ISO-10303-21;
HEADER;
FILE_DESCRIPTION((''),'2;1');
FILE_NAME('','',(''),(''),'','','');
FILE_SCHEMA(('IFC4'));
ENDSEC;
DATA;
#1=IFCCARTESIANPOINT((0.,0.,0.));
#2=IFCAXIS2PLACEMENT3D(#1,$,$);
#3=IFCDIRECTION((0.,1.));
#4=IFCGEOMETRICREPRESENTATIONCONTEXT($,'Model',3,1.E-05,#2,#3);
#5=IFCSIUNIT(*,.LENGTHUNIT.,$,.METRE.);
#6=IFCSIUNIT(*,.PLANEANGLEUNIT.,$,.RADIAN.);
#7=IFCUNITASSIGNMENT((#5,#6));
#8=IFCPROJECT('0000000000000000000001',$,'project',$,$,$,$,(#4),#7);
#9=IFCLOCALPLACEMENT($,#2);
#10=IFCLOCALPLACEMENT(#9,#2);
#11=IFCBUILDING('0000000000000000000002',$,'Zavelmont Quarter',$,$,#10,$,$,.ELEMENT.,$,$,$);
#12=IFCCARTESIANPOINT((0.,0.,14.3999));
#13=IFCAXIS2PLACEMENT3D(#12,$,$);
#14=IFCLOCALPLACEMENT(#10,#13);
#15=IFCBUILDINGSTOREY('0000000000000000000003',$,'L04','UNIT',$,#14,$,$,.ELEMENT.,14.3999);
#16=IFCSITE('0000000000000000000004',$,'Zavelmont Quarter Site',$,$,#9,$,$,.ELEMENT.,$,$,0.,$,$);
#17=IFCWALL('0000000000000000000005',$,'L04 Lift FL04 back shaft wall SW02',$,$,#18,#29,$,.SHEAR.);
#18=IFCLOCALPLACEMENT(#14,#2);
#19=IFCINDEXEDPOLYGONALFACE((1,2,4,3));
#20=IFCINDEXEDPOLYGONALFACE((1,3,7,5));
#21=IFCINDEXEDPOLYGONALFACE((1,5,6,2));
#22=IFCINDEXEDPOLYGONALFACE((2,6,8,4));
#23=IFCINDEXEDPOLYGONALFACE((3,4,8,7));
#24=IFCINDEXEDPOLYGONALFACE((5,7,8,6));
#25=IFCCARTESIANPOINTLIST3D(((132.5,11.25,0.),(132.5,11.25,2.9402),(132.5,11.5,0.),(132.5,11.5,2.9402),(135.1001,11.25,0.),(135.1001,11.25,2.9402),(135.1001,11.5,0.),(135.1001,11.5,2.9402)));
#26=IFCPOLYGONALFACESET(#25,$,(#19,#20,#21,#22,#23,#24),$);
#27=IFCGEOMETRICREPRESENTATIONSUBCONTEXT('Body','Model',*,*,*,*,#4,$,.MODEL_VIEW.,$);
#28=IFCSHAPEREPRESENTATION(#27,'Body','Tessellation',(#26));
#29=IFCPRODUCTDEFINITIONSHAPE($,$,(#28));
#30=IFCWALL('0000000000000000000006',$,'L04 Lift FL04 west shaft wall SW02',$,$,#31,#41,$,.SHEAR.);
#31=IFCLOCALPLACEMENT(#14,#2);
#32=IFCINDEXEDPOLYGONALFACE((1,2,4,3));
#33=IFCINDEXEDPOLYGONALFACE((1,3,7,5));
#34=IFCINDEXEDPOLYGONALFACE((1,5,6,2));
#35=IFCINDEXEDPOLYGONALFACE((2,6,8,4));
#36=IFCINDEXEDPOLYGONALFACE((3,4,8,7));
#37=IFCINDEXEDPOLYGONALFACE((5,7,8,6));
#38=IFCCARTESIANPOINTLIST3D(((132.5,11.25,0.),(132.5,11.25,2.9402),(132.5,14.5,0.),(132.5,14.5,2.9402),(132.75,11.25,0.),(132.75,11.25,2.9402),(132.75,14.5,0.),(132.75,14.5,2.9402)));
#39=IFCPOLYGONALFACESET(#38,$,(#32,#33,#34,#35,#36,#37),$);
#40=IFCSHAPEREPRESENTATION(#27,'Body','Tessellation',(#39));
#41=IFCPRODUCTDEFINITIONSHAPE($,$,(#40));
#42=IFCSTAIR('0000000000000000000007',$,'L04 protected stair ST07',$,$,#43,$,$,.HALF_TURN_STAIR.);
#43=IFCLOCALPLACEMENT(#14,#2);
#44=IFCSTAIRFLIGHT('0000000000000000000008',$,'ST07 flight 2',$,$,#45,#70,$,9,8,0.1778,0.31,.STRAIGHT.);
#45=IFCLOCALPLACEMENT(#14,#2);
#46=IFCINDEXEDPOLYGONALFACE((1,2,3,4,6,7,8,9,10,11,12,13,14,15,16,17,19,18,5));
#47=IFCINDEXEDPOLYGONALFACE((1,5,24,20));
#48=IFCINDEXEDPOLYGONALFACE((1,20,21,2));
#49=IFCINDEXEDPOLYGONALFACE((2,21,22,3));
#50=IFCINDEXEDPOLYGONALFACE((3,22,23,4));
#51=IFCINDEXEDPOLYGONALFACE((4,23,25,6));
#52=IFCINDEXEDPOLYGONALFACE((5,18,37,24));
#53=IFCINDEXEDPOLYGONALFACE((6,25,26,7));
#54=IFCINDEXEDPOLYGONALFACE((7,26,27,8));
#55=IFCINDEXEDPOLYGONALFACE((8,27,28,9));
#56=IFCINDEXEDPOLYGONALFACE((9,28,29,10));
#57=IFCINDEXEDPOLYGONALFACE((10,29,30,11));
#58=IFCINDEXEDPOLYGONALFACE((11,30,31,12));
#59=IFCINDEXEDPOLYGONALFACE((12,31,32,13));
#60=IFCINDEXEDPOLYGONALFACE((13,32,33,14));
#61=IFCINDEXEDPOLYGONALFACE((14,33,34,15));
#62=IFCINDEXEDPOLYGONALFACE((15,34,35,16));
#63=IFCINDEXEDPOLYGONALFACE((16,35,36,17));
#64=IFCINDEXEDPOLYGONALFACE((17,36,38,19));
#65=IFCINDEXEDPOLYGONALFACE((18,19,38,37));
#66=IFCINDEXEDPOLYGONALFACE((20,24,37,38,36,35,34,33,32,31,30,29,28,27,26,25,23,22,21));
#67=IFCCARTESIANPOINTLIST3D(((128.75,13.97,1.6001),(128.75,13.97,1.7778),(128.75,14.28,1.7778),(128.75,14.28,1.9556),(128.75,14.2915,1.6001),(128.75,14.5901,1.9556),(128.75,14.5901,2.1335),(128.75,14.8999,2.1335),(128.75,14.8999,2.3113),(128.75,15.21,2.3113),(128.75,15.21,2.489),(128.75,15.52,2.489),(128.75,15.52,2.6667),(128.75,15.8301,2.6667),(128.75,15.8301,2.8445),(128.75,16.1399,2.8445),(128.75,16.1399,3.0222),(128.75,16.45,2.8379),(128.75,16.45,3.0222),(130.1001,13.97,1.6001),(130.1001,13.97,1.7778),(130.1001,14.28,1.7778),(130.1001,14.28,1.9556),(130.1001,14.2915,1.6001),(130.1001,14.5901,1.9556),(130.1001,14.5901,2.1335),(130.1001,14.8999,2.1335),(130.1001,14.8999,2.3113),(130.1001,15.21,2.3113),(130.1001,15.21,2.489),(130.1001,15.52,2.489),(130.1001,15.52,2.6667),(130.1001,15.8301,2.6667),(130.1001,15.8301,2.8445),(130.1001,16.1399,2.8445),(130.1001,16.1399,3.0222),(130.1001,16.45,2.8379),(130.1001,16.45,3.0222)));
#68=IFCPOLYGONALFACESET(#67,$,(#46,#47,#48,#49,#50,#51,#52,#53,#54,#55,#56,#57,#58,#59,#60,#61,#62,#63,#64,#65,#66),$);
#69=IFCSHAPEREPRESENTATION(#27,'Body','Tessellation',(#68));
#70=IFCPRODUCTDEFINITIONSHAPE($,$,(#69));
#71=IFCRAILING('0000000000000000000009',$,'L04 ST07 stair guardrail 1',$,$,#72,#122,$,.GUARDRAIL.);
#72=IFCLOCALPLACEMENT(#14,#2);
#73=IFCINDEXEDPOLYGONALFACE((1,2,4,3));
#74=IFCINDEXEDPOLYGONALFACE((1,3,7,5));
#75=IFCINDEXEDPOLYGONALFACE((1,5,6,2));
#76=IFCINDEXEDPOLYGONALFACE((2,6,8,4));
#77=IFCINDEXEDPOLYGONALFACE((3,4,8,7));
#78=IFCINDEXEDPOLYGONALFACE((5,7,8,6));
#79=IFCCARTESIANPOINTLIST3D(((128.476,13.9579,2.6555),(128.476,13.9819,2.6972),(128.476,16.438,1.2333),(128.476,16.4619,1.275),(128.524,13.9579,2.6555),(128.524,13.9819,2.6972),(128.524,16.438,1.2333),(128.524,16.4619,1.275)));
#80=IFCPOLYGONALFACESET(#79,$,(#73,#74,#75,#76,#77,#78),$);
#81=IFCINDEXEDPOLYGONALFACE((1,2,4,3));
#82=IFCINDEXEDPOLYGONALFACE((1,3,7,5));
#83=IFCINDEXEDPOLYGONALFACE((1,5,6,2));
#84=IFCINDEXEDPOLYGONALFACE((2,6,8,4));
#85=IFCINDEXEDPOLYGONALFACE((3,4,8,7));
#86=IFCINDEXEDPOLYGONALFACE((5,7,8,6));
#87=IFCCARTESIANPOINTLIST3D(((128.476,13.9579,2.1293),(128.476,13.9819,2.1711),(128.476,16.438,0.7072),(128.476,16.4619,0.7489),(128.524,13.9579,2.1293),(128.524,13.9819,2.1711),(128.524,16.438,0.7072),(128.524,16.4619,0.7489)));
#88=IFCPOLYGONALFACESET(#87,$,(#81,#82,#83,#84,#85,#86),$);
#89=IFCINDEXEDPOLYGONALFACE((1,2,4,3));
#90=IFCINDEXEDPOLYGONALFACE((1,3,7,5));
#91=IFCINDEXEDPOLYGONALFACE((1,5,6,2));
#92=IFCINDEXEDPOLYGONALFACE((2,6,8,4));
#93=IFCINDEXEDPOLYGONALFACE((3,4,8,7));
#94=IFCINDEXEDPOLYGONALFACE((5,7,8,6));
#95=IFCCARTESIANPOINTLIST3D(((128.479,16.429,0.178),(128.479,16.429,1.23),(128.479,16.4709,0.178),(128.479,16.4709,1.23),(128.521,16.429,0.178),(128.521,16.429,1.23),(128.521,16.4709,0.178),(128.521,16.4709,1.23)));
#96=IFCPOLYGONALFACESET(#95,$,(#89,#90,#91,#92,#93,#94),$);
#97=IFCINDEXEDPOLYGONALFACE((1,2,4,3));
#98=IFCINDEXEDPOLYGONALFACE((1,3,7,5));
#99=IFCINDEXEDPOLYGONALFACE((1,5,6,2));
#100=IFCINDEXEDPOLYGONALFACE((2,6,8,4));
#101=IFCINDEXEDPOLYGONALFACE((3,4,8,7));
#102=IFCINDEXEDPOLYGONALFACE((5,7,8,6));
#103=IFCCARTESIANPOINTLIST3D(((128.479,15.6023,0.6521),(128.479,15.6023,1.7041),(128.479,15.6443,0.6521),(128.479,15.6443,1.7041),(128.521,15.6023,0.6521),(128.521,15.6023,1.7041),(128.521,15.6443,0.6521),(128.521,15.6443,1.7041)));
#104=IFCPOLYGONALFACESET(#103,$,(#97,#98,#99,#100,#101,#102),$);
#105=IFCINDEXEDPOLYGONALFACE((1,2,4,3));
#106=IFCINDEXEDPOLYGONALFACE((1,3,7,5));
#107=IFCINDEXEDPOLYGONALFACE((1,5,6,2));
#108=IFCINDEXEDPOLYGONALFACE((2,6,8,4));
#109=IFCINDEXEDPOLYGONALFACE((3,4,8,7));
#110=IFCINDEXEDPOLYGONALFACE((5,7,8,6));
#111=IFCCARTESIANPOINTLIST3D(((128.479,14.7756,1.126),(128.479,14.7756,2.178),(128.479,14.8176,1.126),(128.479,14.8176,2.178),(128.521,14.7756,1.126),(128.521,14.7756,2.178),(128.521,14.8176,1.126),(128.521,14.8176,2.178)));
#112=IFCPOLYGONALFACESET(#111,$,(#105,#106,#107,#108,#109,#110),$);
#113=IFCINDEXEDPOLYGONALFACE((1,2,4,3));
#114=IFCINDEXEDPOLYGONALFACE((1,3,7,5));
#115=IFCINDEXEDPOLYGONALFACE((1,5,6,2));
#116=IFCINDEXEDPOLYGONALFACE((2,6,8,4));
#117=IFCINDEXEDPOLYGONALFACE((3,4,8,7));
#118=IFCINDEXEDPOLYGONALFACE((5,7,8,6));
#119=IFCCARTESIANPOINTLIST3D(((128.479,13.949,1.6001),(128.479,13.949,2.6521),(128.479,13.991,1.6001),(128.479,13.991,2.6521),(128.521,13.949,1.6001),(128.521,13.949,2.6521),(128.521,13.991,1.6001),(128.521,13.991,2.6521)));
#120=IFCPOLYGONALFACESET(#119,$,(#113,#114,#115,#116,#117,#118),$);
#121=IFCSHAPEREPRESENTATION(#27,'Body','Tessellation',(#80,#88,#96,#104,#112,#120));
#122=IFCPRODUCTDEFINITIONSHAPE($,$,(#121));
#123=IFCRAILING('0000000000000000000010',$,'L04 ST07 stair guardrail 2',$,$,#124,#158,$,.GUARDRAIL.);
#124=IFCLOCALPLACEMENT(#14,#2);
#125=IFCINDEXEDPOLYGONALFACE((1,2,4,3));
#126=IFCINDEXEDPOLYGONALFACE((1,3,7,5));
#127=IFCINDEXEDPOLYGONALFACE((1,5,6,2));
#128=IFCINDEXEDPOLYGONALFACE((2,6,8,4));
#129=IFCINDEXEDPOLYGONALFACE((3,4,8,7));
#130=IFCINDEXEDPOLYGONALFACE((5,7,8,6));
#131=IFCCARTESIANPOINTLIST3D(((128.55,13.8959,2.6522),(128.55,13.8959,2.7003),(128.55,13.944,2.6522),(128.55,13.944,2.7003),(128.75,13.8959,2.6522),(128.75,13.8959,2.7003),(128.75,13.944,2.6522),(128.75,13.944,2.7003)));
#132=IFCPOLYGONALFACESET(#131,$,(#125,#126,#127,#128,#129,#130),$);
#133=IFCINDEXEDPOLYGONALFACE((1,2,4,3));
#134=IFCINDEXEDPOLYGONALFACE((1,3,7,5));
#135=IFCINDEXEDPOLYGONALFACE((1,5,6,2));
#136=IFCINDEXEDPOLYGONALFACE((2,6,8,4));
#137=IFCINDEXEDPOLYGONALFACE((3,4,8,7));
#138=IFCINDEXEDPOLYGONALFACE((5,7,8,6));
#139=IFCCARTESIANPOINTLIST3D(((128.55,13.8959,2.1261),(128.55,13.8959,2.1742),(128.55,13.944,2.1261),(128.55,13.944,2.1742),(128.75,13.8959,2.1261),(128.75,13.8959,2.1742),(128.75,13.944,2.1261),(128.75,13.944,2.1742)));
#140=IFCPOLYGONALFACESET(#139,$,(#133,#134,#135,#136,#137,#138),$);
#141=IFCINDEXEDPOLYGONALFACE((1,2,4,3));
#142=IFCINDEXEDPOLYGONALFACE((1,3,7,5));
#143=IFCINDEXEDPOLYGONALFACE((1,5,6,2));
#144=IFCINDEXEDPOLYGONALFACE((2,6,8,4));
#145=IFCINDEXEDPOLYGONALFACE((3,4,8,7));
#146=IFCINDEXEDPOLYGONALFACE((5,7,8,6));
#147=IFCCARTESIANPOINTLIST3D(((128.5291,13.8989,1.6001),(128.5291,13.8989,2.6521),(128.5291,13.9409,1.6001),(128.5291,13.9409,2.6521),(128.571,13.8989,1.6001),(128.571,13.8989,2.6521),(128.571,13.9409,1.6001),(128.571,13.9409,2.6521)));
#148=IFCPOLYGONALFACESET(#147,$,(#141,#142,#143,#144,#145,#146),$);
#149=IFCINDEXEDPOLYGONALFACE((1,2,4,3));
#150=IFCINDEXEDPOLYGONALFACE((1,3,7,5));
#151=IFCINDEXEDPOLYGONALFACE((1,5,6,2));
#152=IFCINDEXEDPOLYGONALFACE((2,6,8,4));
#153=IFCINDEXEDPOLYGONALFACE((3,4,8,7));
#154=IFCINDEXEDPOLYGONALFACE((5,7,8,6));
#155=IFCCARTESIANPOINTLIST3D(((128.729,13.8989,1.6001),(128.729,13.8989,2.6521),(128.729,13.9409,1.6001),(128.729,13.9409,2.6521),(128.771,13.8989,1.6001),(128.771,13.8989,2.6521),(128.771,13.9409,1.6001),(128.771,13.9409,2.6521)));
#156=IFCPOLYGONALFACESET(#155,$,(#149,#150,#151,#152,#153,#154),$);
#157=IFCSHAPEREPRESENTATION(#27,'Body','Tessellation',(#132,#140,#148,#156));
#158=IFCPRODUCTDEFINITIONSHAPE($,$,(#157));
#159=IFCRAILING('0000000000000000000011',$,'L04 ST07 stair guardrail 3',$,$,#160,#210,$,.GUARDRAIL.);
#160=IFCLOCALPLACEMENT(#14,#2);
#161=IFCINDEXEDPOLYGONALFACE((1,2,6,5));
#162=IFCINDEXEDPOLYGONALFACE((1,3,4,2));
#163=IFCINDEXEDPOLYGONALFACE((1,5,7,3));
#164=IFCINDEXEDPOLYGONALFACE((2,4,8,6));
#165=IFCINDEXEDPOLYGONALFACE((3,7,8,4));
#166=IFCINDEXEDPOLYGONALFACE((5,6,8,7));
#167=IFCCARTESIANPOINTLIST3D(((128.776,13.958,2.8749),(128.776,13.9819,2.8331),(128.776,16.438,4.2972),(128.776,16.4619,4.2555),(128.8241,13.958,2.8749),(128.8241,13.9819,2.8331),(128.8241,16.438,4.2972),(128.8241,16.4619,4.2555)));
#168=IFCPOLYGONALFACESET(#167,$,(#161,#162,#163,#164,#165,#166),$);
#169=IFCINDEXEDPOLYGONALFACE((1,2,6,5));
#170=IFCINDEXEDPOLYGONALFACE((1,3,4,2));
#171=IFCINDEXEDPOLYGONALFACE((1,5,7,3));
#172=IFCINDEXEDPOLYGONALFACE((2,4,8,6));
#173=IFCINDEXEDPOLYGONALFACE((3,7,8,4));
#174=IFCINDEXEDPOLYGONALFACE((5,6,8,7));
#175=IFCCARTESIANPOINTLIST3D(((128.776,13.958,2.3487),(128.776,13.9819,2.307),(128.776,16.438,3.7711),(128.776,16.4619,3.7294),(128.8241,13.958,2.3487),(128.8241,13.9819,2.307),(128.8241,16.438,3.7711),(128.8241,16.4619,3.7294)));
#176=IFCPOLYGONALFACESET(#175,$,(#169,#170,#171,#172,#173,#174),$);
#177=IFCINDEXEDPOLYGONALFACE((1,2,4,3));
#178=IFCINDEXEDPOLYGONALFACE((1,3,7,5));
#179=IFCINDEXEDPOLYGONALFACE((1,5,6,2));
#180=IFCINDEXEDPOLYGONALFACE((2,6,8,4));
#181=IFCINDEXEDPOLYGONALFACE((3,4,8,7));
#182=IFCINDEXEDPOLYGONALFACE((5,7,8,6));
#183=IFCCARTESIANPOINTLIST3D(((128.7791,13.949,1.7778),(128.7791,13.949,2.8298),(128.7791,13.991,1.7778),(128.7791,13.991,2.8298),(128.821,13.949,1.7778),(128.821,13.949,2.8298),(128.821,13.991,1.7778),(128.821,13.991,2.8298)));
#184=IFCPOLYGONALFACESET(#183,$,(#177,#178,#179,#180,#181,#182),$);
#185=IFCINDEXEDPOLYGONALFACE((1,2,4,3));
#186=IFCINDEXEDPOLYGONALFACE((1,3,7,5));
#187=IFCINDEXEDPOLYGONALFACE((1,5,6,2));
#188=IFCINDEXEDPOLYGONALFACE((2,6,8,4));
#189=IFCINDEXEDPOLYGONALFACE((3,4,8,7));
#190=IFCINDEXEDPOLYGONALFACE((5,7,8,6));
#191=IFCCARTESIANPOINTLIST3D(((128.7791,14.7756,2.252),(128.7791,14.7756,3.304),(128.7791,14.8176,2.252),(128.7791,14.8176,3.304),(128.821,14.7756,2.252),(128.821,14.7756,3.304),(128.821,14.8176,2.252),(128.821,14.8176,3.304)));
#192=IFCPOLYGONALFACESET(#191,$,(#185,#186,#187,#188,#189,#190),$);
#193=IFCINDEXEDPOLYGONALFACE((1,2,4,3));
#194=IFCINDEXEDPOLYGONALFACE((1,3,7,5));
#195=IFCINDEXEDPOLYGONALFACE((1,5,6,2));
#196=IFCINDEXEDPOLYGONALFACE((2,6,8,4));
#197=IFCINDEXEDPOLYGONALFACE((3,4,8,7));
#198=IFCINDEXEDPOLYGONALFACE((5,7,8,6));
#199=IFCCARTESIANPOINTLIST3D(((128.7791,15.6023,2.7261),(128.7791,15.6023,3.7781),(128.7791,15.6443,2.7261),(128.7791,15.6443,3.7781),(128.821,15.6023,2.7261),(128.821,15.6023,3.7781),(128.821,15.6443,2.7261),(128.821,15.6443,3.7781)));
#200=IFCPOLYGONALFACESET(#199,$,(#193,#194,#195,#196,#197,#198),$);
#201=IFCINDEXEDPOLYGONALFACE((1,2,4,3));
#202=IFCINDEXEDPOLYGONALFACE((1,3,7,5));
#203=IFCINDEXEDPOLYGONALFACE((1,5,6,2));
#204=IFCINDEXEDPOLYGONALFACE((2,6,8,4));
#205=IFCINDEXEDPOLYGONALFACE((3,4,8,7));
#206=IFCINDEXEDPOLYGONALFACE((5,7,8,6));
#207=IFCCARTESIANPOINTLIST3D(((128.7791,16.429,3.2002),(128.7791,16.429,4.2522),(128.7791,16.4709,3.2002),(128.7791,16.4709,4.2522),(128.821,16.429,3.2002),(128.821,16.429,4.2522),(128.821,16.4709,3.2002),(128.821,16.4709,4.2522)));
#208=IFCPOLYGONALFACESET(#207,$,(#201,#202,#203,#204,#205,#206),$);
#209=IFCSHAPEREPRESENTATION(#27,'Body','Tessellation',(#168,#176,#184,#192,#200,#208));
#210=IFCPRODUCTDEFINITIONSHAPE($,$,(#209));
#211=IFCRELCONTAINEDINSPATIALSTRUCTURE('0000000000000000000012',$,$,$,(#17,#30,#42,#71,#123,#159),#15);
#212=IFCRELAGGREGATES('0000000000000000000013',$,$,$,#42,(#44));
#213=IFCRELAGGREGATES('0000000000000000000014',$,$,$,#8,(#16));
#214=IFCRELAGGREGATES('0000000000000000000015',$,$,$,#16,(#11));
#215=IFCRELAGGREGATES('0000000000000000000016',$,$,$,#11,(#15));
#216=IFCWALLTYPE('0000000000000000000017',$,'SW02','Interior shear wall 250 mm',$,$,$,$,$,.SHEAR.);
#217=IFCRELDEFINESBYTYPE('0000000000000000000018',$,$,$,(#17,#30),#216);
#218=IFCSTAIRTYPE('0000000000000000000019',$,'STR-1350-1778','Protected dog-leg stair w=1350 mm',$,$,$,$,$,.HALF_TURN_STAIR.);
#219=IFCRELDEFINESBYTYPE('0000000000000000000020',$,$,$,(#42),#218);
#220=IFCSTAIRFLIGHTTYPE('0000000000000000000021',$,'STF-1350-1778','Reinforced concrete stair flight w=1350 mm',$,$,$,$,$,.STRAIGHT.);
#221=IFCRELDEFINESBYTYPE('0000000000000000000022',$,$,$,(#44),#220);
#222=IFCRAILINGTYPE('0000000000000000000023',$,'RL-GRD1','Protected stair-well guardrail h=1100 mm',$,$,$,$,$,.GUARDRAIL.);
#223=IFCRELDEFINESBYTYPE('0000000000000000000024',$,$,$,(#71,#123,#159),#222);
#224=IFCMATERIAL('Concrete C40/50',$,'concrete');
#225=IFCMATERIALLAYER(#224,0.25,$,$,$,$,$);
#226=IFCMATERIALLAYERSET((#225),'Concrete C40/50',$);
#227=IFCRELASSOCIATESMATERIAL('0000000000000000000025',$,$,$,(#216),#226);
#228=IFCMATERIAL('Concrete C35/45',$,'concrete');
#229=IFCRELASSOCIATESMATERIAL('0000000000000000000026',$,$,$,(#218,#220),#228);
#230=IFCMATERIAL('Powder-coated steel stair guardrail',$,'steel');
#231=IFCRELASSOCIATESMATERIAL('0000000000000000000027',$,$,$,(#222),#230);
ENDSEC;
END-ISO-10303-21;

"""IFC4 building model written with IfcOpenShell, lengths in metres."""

from ifc_helpers import new_model, si_unit, direction, frame, frame_2d, origin, origin_2d, place, context, subcontext, project, spatial, polyline, rectangle, outline, extrude, material, layer, layer_set, type_object, element, aggregate, save


model = new_model("IFC4")

# Units and contexts
model_context = context("Model", 3, precision=1e-05, world=origin(), true_north=direction((0.0, 1.0)))
body_context = subcontext(model_context, "Body", "Model", "MODEL_VIEW")
ifc_project = project(units=[si_unit("LENGTHUNIT", "METRE"), si_unit("PLANEANGLEUNIT", "RADIAN")], contexts=[model_context])

# Site, building, storey
site_placement = place(None, origin())
site = spatial("IfcSite", under=ifc_project, at=site_placement, Name="Zavelmont Quarter Site", CompositionType="ELEMENT", RefElevation=0.0)
building_placement = place(site_placement, origin())
building = spatial("IfcBuilding", under=site, at=building_placement, Name="Zavelmont Quarter", CompositionType="ELEMENT")
storey_placement = place(building_placement, frame((0.0, 0.0, 14.3999)))
storey = spatial("IfcBuildingStorey", under=building, at=storey_placement, Name="L04", Description="UNIT", CompositionType="ELEMENT", Elevation=14.3999)

# Shared definitions
ifc_material_1 = material(Name="Concrete C35/45", Category="concrete")

# Shared definitions
ifc_material_2 = material(Name="Concrete C40/50", Category="concrete")
ifc_layer_1 = layer(ifc_material_2, 0.25)
ifc_layer_set_1 = layer_set([ifc_layer_1], Name="Concrete C40/50")
wall_type_1 = type_object("IfcWallType", Name="SW02", Description="Interior shear wall 250 mm", PredefinedType="SHEAR", material=ifc_layer_set_1)

# Walls
wall_1_placement = place(storey_placement, frame((132.5, 11.375, 0.0), z_axis=(0.0, 0.0, 1.0), x_axis=(1.0, 0.0, 0.0)))
element("IfcWall", 1, at=wall_1_placement, inside=storey, type_object=wall_type_1, Name="L04 Lift FL04 back shaft wall SW02", PredefinedType="SHEAR", context=body_context, shape_type="SweptSolid", body=[
    extrude(rectangle(XDim=2.6001, YDim=0.25, at=frame_2d((1.3, 0.0))), origin(), (0.0, 0.0, 1.0), 2.9402),
])
wall_2_placement = place(storey_placement, frame((132.625, 11.25, 0.0), z_axis=(0.0, 0.0, 1.0), x_axis=(0.0, 1.0, 0.0)))
element("IfcWall", 2, at=wall_2_placement, inside=storey, type_object=wall_type_1, Name="L04 Lift FL04 west shaft wall SW02", PredefinedType="SHEAR", context=body_context, shape_type="SweptSolid", body=[
    extrude(rectangle(XDim=3.25, YDim=0.25, at=frame_2d((1.625, 0.0))), origin(), (0.0, 0.0, 1.0), 2.9402),
])

# Stair, stair flight
stair_type = type_object("IfcStairType", Name="STR-1350-1778", Description="Protected dog-leg stair w=1350 mm", PredefinedType="HALF_TURN_STAIR", material=ifc_material_1)
stair_placement = place(storey_placement, origin())
stair = element("IfcStair", 3, at=stair_placement, inside=storey, type_object=stair_type, Name="L04 protected stair ST07", PredefinedType="HALF_TURN_STAIR")
stair_flight_type = type_object("IfcStairFlightType", Name="STF-1350-1778", Description="Reinforced concrete stair flight w=1350 mm", PredefinedType="STRAIGHT", material=ifc_material_1)
stair_flight_placement = place(storey_placement, frame((129.425, 13.97, 1.6001), z_axis=(0.0, 0.0, 1.0), x_axis=(0.0, 1.0, 0.0)))
stair_flight = element("IfcStairFlight", 4, at=stair_flight_placement, type_object=stair_flight_type, Name="ST07 flight 2", NumberOfRisers=9, NumberOfTreads=8, PredefinedType="STRAIGHT", RiserHeight=0.1778, TreadLength=0.31, context=body_context, shape_type="SweptSolid", body=[
    extrude(outline(polyline([(0.0, 0.0), (0.0, 0.1777), (0.3101, 0.1777), (0.3101, 0.3555), (0.6201, 0.3555), (0.6201, 0.5334), (0.9299, 0.5334), (0.9299, 0.7112), (1.24, 0.7112), (1.24, 0.8889), (1.55, 0.8889), (1.55, 1.0667), (1.8601, 1.0667), (1.8601, 1.2444), (2.1699, 1.2444), (2.1699, 1.4221), (2.48, 1.4221), (2.48, 1.6001), (2.48, 1.2378), (0.3215, 0.0), (0.0, 0.0)])), frame((0.0, 0.675, 0.0), z_axis=(0.0, -1.0, 0.0), x_axis=(1.0, 0.0, 0.0)), (0.0, 0.0, 1.0), 1.3501),
])
aggregate(stair, [stair_flight])

# Railings
ifc_material_3 = material(Name="Powder-coated steel stair guardrail", Category="steel")
railing_type_1 = type_object("IfcRailingType", Name="RL-GRD1", Description="Protected stair-well guardrail h=1100 mm", PredefinedType="GUARDRAIL", material=ifc_material_3)
railing_1_placement = place(storey_placement, frame((128.5, 16.45, 0.178)))
element("IfcRailing", 5, at=railing_1_placement, inside=storey, type_object=railing_type_1, Name="L04 ST07 stair guardrail 1", PredefinedType="GUARDRAIL", context=body_context, shape_type="SweptSolid", body=[
    extrude(rectangle(XDim=0.0481, YDim=0.0481, at=origin_2d()), frame((0.0, 0.0, 1.0762), z_axis=(0.0, -0.867491, 0.497454), x_axis=(1.0, 0.0, 0.0)), (0.0, 0.0, 1.0), 2.8589),
    extrude(rectangle(XDim=0.0481, YDim=0.0481, at=origin_2d()), frame((0.0, 0.0, 0.55), z_axis=(0.0, -0.867491, 0.497454), x_axis=(1.0, 0.0, 0.0)), (0.0, 0.0, 1.0), 2.8589),
    extrude(rectangle(XDim=0.042, YDim=0.042, at=origin_2d()), origin(), (0.0, 0.0, 1.0), 1.052),
    extrude(rectangle(XDim=0.042, YDim=0.042, at=origin_2d()), frame((0.0, -0.8267, 0.4741)), (0.0, 0.0, 1.0), 1.052),
    extrude(rectangle(XDim=0.042, YDim=0.042, at=origin_2d()), frame((0.0, -1.6533, 0.948)), (0.0, 0.0, 1.0), 1.052),
    extrude(rectangle(XDim=0.042, YDim=0.042, at=origin_2d()), frame((0.0, -2.48, 1.4221)), (0.0, 0.0, 1.0), 1.052),
])
railing_2_placement = place(storey_placement, frame((128.55, 13.9199, 1.6001)))
element("IfcRailing", 6, at=railing_2_placement, inside=storey, type_object=railing_type_1, Name="L04 ST07 stair guardrail 2", PredefinedType="GUARDRAIL", context=body_context, shape_type="SweptSolid", body=[
    extrude(rectangle(XDim=0.0481, YDim=0.0481, at=origin_2d()), frame((0.0, 0.0, 1.0762), z_axis=(1.0, 0.0, 0.0), x_axis=(0.0, 1.0, 0.0)), (0.0, 0.0, 1.0), 0.2),
    extrude(rectangle(XDim=0.0481, YDim=0.0481, at=origin_2d()), frame((0.0, 0.0, 0.55), z_axis=(1.0, 0.0, 0.0), x_axis=(0.0, 1.0, 0.0)), (0.0, 0.0, 1.0), 0.2),
    extrude(rectangle(XDim=0.042, YDim=0.042, at=origin_2d()), origin(), (0.0, 0.0, 1.0), 1.052),
    extrude(rectangle(XDim=0.042, YDim=0.042, at=origin_2d()), frame((0.2, 0.0, 0.0)), (0.0, 0.0, 1.0), 1.052),
])
railing_3_placement = place(storey_placement, frame((128.8, 13.97, 1.7778)))
element("IfcRailing", 7, at=railing_3_placement, inside=storey, type_object=railing_type_1, Name="L04 ST07 stair guardrail 3", PredefinedType="GUARDRAIL", context=body_context, shape_type="SweptSolid", body=[
    extrude(rectangle(XDim=0.0481, YDim=0.0481, at=origin_2d()), frame((0.0, 0.0, 1.0762), z_axis=(0.0, 0.867454, 0.497518), x_axis=(-1.0, 0.0, 0.0)), (0.0, 0.0, 1.0), 2.8589),
    extrude(rectangle(XDim=0.0481, YDim=0.0481, at=origin_2d()), frame((0.0, 0.0, 0.55), z_axis=(0.0, 0.867454, 0.497518), x_axis=(-1.0, 0.0, 0.0)), (0.0, 0.0, 1.0), 2.8589),
    extrude(rectangle(XDim=0.042, YDim=0.042, at=origin_2d()), origin(), (0.0, 0.0, 1.0), 1.052),
    extrude(rectangle(XDim=0.042, YDim=0.042, at=origin_2d()), frame((0.0, 0.8267, 0.4741)), (0.0, 0.0, 1.0), 1.052),
    extrude(rectangle(XDim=0.042, YDim=0.042, at=origin_2d()), frame((0.0, 1.6533, 0.9482)), (0.0, 0.0, 1.0), 1.052),
    extrude(rectangle(XDim=0.042, YDim=0.042, at=origin_2d()), frame((0.0, 2.48, 1.4224)), (0.0, 0.0, 1.0), 1.052),
])

save(model, "model.ifc")
